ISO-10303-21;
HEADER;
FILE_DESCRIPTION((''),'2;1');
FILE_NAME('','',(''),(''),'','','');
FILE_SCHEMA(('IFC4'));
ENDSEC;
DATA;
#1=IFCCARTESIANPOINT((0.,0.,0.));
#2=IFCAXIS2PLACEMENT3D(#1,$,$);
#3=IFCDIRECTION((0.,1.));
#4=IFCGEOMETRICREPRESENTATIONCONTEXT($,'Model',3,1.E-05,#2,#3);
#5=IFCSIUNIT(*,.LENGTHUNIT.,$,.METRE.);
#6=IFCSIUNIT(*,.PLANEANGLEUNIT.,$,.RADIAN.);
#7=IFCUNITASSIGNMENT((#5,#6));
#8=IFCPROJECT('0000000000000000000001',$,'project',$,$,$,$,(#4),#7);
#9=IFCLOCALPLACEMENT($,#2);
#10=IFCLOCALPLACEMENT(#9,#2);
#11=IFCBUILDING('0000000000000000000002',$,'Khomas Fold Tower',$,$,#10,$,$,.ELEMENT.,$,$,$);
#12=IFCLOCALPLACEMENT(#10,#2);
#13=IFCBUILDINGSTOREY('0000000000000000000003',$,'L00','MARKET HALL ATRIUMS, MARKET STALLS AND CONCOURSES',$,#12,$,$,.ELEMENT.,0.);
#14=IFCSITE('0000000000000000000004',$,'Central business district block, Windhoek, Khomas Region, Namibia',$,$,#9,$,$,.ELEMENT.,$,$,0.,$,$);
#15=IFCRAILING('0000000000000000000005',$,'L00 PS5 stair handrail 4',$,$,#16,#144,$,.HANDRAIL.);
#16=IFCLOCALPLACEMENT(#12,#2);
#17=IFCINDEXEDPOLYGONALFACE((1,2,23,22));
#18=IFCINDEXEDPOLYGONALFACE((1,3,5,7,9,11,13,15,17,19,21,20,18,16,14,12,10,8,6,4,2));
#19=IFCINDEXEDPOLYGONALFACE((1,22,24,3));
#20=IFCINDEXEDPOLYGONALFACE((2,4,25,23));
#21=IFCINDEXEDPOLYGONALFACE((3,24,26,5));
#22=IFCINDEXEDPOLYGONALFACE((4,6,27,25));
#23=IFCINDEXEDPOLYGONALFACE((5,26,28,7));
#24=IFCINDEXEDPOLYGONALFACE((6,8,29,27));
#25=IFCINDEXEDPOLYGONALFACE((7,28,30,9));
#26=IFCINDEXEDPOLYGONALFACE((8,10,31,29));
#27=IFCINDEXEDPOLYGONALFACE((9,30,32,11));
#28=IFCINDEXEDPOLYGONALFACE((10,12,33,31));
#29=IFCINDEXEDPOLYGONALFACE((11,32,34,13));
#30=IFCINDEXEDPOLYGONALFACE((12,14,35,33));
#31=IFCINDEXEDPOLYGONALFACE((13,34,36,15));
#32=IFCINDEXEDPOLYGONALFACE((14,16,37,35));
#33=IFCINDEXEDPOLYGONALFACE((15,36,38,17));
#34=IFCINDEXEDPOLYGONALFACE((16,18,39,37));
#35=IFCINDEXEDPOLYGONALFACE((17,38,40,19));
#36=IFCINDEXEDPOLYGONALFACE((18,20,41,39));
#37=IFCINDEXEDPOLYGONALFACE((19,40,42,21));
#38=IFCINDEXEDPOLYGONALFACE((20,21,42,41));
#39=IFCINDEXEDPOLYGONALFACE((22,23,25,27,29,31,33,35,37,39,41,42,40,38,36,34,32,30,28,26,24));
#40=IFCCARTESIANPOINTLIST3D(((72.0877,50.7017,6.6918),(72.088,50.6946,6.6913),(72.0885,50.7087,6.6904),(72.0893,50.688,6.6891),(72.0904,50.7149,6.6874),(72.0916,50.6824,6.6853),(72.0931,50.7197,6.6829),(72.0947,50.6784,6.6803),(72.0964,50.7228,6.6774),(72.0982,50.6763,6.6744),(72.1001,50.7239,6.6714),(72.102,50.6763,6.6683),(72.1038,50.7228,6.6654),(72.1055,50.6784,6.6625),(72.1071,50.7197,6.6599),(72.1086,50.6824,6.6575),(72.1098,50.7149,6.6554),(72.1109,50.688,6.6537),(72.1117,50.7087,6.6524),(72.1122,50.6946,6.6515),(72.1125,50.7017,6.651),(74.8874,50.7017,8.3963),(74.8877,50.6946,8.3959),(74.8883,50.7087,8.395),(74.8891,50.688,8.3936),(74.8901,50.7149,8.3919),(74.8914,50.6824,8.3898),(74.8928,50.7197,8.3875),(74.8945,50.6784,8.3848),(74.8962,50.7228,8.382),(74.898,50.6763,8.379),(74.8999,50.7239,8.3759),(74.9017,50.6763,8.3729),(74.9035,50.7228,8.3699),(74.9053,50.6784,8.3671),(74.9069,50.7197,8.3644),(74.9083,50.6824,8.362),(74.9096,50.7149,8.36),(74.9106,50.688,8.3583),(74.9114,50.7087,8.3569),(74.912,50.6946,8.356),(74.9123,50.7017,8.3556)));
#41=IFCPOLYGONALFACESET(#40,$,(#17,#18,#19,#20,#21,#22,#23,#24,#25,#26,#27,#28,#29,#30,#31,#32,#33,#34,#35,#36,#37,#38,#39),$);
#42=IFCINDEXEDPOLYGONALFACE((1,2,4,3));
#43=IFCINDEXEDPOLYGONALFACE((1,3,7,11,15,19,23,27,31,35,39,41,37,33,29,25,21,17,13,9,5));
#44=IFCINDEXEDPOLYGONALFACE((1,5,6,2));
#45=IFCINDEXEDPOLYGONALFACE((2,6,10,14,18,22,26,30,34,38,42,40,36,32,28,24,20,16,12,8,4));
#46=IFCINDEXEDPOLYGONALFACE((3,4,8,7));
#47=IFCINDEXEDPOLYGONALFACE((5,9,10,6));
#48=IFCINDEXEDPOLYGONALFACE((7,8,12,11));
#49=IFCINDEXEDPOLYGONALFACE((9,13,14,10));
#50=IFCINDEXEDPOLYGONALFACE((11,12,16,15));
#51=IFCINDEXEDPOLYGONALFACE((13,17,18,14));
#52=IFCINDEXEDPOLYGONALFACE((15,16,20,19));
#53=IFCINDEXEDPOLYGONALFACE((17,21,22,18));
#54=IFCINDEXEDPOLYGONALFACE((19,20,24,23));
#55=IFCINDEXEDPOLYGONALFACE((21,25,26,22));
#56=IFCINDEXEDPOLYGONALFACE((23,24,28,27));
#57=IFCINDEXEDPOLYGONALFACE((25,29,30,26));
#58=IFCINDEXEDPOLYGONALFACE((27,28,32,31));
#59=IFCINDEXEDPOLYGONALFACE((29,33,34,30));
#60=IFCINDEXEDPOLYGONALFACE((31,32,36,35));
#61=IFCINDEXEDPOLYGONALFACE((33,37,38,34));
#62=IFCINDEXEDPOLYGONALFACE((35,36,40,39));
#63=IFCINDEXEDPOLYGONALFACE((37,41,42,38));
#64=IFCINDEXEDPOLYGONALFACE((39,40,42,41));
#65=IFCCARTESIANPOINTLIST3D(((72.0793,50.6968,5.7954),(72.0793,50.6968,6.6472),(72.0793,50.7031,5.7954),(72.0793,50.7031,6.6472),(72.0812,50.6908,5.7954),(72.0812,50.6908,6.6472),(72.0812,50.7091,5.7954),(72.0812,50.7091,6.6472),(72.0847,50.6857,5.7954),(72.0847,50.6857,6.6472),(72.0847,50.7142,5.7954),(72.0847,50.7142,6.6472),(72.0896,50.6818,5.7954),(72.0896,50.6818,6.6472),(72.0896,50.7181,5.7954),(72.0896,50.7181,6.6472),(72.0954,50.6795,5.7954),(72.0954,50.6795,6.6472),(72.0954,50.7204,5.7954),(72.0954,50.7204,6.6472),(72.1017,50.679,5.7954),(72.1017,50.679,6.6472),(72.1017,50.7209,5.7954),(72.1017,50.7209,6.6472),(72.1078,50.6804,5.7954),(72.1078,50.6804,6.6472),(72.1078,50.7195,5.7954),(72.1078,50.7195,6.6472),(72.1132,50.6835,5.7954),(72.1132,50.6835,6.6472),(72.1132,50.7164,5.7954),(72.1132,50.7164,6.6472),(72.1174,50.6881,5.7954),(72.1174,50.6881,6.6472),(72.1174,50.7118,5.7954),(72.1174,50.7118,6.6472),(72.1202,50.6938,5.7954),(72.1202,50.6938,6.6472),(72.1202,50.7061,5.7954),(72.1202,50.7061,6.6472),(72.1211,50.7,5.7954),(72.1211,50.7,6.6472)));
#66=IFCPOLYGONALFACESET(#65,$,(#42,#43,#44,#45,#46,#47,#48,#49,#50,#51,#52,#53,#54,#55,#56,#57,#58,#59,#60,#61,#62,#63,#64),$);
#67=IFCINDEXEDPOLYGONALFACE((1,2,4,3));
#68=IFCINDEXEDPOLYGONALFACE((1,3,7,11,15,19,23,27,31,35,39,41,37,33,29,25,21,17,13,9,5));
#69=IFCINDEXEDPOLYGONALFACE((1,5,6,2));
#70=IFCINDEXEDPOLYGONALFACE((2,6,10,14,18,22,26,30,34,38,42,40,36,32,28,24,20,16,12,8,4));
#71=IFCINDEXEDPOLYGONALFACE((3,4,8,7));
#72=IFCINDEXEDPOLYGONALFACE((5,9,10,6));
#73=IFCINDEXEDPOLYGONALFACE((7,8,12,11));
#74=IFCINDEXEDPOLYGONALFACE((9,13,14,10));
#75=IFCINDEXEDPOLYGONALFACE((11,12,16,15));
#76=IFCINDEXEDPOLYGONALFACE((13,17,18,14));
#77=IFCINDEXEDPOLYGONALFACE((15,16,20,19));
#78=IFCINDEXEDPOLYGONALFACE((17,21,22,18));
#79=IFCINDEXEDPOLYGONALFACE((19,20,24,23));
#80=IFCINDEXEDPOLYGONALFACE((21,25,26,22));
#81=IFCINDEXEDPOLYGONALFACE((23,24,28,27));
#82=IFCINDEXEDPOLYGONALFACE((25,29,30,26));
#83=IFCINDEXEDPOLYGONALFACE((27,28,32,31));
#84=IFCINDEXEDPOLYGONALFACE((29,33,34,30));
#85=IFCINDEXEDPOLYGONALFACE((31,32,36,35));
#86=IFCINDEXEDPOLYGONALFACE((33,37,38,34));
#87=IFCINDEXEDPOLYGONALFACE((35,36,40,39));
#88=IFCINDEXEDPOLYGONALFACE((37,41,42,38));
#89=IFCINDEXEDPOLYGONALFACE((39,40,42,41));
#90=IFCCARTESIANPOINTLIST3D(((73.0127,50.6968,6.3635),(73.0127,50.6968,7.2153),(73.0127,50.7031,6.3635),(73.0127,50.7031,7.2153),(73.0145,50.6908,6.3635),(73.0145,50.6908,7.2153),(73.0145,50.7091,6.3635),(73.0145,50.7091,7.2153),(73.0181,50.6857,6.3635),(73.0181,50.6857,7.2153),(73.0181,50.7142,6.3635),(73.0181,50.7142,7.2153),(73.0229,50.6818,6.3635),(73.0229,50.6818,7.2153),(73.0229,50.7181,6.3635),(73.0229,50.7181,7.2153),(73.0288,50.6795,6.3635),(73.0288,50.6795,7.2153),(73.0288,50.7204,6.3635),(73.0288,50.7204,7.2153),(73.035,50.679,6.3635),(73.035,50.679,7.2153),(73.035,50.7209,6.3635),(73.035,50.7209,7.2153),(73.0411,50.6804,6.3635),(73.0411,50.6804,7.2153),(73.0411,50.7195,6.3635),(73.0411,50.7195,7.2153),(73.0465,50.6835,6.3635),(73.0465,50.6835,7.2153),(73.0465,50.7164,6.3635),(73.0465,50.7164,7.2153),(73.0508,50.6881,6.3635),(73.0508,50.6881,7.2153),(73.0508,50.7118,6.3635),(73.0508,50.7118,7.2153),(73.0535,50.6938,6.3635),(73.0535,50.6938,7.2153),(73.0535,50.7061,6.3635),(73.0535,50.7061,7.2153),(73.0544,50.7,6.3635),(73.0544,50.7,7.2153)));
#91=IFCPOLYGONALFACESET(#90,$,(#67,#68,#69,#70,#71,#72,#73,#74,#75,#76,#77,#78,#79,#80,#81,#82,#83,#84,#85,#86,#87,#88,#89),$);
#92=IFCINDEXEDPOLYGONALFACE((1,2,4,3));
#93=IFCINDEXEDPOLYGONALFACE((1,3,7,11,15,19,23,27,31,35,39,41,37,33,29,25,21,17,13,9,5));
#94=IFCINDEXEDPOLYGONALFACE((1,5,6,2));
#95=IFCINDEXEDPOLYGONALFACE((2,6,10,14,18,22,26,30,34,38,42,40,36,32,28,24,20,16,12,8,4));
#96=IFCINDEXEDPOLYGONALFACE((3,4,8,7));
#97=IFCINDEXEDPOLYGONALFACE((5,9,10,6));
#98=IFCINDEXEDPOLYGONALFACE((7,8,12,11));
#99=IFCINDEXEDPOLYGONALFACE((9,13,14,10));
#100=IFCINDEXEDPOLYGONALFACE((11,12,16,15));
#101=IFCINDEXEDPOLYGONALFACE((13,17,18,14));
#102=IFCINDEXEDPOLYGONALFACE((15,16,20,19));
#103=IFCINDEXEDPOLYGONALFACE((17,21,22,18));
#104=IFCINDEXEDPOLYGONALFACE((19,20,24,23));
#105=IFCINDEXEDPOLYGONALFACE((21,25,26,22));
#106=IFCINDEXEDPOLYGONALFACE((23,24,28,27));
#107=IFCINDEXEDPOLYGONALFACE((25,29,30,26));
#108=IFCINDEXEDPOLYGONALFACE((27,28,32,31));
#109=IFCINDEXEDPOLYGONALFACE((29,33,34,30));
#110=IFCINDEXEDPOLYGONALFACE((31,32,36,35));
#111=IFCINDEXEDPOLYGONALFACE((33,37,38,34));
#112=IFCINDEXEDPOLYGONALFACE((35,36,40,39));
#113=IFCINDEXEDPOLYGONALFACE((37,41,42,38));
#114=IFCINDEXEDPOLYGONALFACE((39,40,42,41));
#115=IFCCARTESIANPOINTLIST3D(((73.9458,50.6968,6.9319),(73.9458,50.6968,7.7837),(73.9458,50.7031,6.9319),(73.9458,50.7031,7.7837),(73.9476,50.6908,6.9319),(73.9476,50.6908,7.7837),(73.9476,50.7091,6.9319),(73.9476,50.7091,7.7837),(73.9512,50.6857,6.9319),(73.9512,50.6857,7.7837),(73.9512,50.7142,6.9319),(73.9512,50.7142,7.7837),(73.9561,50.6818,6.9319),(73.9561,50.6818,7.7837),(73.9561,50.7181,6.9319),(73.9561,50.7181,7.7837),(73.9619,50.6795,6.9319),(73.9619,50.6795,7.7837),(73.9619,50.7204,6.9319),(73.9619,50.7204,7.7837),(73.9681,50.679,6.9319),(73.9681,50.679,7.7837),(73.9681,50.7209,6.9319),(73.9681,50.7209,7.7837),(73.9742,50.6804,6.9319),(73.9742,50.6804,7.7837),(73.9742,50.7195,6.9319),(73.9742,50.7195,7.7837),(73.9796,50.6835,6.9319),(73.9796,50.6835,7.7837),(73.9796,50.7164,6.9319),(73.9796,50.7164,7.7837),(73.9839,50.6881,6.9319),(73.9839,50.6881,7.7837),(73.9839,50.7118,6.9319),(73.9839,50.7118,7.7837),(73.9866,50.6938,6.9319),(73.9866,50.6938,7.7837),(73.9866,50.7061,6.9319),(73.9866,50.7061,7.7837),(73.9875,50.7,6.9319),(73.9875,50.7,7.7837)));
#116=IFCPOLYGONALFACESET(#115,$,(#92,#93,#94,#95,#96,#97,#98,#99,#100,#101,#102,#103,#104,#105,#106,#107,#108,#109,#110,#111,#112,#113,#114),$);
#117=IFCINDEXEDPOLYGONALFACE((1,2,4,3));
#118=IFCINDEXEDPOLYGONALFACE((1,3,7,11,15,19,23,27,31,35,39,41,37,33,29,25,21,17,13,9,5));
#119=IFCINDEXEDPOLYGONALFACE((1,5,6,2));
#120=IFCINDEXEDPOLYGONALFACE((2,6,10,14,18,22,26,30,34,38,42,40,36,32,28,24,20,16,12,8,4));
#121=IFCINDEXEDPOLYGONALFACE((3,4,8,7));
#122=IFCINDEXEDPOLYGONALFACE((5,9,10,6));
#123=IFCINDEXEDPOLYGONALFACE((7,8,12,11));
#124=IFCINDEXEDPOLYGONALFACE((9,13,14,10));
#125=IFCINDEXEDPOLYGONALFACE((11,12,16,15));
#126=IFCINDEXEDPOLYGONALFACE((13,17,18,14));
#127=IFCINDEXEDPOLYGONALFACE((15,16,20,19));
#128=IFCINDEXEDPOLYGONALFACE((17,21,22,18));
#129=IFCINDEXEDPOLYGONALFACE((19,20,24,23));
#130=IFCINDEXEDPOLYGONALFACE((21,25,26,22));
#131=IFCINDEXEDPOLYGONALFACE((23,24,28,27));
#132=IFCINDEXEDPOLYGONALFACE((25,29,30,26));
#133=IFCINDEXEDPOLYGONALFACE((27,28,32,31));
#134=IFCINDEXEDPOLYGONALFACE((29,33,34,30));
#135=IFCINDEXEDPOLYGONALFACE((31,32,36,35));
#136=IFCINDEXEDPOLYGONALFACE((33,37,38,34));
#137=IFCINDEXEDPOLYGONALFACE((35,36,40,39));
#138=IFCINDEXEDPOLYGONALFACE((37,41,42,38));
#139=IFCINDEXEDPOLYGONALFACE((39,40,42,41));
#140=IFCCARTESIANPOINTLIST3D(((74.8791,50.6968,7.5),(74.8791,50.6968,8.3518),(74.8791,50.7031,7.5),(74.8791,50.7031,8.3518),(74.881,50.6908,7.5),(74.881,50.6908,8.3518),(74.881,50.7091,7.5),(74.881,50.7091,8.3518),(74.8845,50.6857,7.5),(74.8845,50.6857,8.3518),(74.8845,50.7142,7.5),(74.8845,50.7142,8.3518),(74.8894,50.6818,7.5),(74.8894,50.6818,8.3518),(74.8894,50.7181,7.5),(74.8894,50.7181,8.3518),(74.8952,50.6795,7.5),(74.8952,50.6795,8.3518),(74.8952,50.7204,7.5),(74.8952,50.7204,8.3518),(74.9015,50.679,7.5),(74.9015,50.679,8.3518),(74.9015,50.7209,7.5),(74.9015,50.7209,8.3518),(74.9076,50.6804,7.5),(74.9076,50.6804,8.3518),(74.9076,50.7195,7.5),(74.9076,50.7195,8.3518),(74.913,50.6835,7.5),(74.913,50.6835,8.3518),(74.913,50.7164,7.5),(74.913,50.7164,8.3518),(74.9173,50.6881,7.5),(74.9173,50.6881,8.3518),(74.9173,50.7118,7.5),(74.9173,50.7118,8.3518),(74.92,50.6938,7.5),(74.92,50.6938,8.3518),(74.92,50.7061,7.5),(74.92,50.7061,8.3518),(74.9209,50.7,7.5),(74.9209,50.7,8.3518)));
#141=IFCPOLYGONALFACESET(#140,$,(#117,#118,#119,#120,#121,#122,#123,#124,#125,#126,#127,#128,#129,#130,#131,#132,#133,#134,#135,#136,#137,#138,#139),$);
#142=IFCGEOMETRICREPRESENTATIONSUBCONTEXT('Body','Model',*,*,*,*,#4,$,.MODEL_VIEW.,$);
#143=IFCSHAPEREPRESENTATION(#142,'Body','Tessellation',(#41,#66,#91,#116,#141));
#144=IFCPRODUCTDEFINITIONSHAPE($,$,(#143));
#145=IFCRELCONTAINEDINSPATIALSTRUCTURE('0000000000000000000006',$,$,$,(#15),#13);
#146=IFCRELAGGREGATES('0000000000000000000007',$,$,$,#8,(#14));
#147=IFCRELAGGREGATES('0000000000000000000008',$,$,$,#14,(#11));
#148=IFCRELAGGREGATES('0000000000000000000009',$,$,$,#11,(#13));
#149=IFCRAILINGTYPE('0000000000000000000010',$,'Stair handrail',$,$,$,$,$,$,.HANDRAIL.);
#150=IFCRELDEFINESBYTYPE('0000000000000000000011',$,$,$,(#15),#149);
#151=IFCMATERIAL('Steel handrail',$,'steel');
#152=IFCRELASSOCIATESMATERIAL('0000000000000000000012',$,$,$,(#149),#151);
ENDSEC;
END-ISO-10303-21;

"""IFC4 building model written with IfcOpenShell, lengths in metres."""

from ifc_helpers import new_model, si_unit, direction, frame, origin, origin_2d, place, context, subcontext, project, spatial, circle, extrude, source, transform, mapped, material, type_object, element, save


model = new_model("IFC4")

# Units and contexts
model_context = context("Model", 3, precision=1e-05, world=origin(), true_north=direction((0.0, 1.0)))
body_context = subcontext(model_context, "Body", "Model", "MODEL_VIEW")
ifc_project = project(units=[si_unit("LENGTHUNIT", "METRE"), si_unit("PLANEANGLEUNIT", "RADIAN")], contexts=[model_context])

# Site, building, storey
site_placement = place(None, origin())
site = spatial("IfcSite", under=ifc_project, at=site_placement, Name="Central business district block, Windhoek, Khomas Region, Namibia", CompositionType="ELEMENT", RefElevation=0.0)
building_placement = place(site_placement, origin())
building = spatial("IfcBuilding", under=site, at=building_placement, Name="Khomas Fold Tower", CompositionType="ELEMENT")
storey_placement = place(building_placement, origin())
storey = spatial("IfcBuildingStorey", under=building, at=storey_placement, Name="L00", Description="MARKET HALL ATRIUMS, MARKET STALLS AND CONCOURSES", CompositionType="ELEMENT", Elevation=0.0)

# Railing
ifc_material_1 = material(Name="Steel handrail", Category="steel")
railing_type_1 = type_object("IfcRailingType", Name="Stair handrail", PredefinedType="HANDRAIL", material=ifc_material_1)
shared_shape_1 = source(origin(), body_context, "Body", "SweptSolid", [
    extrude(circle(Radius=0.0239, at=origin_2d()), frame((0.0, 0.0, 0.876), z_axis=(0.85415, 0.0, 0.520027), x_axis=(0.0, 1.0, 0.0)), (0.0, 0.0, 1.0), 3.2778),
    extrude(circle(Radius=0.021, at=origin_2d()), origin(), (0.0, 0.0, 1.0), 0.8518),
    extrude(circle(Radius=0.021, at=origin_2d()), frame((0.9333, 0.0, 0.5681)), (0.0, 0.0, 1.0), 0.8518),
    extrude(circle(Radius=0.021, at=origin_2d()), frame((1.8665, 0.0, 1.1365)), (0.0, 0.0, 1.0), 0.8518),
    extrude(circle(Radius=0.021, at=origin_2d()), frame((2.7998, 0.0, 1.7046)), (0.0, 0.0, 1.0), 0.8518),
])
for number, where, name in (
    (1, (72.1001, 50.7, 5.7954), "L00 PS5 stair handrail 4"),
):
    element("IfcRailing", number, at=place(storey_placement, frame(where)), inside=storey, type_object=railing_type_1, Name=name, PredefinedType="HANDRAIL", context=body_context, shape_type="MappedRepresentation", body=[
        mapped(shared_shape_1, transform((0.0, 0.0, 0.0))),
    ])

save(model, "model.ifc")
